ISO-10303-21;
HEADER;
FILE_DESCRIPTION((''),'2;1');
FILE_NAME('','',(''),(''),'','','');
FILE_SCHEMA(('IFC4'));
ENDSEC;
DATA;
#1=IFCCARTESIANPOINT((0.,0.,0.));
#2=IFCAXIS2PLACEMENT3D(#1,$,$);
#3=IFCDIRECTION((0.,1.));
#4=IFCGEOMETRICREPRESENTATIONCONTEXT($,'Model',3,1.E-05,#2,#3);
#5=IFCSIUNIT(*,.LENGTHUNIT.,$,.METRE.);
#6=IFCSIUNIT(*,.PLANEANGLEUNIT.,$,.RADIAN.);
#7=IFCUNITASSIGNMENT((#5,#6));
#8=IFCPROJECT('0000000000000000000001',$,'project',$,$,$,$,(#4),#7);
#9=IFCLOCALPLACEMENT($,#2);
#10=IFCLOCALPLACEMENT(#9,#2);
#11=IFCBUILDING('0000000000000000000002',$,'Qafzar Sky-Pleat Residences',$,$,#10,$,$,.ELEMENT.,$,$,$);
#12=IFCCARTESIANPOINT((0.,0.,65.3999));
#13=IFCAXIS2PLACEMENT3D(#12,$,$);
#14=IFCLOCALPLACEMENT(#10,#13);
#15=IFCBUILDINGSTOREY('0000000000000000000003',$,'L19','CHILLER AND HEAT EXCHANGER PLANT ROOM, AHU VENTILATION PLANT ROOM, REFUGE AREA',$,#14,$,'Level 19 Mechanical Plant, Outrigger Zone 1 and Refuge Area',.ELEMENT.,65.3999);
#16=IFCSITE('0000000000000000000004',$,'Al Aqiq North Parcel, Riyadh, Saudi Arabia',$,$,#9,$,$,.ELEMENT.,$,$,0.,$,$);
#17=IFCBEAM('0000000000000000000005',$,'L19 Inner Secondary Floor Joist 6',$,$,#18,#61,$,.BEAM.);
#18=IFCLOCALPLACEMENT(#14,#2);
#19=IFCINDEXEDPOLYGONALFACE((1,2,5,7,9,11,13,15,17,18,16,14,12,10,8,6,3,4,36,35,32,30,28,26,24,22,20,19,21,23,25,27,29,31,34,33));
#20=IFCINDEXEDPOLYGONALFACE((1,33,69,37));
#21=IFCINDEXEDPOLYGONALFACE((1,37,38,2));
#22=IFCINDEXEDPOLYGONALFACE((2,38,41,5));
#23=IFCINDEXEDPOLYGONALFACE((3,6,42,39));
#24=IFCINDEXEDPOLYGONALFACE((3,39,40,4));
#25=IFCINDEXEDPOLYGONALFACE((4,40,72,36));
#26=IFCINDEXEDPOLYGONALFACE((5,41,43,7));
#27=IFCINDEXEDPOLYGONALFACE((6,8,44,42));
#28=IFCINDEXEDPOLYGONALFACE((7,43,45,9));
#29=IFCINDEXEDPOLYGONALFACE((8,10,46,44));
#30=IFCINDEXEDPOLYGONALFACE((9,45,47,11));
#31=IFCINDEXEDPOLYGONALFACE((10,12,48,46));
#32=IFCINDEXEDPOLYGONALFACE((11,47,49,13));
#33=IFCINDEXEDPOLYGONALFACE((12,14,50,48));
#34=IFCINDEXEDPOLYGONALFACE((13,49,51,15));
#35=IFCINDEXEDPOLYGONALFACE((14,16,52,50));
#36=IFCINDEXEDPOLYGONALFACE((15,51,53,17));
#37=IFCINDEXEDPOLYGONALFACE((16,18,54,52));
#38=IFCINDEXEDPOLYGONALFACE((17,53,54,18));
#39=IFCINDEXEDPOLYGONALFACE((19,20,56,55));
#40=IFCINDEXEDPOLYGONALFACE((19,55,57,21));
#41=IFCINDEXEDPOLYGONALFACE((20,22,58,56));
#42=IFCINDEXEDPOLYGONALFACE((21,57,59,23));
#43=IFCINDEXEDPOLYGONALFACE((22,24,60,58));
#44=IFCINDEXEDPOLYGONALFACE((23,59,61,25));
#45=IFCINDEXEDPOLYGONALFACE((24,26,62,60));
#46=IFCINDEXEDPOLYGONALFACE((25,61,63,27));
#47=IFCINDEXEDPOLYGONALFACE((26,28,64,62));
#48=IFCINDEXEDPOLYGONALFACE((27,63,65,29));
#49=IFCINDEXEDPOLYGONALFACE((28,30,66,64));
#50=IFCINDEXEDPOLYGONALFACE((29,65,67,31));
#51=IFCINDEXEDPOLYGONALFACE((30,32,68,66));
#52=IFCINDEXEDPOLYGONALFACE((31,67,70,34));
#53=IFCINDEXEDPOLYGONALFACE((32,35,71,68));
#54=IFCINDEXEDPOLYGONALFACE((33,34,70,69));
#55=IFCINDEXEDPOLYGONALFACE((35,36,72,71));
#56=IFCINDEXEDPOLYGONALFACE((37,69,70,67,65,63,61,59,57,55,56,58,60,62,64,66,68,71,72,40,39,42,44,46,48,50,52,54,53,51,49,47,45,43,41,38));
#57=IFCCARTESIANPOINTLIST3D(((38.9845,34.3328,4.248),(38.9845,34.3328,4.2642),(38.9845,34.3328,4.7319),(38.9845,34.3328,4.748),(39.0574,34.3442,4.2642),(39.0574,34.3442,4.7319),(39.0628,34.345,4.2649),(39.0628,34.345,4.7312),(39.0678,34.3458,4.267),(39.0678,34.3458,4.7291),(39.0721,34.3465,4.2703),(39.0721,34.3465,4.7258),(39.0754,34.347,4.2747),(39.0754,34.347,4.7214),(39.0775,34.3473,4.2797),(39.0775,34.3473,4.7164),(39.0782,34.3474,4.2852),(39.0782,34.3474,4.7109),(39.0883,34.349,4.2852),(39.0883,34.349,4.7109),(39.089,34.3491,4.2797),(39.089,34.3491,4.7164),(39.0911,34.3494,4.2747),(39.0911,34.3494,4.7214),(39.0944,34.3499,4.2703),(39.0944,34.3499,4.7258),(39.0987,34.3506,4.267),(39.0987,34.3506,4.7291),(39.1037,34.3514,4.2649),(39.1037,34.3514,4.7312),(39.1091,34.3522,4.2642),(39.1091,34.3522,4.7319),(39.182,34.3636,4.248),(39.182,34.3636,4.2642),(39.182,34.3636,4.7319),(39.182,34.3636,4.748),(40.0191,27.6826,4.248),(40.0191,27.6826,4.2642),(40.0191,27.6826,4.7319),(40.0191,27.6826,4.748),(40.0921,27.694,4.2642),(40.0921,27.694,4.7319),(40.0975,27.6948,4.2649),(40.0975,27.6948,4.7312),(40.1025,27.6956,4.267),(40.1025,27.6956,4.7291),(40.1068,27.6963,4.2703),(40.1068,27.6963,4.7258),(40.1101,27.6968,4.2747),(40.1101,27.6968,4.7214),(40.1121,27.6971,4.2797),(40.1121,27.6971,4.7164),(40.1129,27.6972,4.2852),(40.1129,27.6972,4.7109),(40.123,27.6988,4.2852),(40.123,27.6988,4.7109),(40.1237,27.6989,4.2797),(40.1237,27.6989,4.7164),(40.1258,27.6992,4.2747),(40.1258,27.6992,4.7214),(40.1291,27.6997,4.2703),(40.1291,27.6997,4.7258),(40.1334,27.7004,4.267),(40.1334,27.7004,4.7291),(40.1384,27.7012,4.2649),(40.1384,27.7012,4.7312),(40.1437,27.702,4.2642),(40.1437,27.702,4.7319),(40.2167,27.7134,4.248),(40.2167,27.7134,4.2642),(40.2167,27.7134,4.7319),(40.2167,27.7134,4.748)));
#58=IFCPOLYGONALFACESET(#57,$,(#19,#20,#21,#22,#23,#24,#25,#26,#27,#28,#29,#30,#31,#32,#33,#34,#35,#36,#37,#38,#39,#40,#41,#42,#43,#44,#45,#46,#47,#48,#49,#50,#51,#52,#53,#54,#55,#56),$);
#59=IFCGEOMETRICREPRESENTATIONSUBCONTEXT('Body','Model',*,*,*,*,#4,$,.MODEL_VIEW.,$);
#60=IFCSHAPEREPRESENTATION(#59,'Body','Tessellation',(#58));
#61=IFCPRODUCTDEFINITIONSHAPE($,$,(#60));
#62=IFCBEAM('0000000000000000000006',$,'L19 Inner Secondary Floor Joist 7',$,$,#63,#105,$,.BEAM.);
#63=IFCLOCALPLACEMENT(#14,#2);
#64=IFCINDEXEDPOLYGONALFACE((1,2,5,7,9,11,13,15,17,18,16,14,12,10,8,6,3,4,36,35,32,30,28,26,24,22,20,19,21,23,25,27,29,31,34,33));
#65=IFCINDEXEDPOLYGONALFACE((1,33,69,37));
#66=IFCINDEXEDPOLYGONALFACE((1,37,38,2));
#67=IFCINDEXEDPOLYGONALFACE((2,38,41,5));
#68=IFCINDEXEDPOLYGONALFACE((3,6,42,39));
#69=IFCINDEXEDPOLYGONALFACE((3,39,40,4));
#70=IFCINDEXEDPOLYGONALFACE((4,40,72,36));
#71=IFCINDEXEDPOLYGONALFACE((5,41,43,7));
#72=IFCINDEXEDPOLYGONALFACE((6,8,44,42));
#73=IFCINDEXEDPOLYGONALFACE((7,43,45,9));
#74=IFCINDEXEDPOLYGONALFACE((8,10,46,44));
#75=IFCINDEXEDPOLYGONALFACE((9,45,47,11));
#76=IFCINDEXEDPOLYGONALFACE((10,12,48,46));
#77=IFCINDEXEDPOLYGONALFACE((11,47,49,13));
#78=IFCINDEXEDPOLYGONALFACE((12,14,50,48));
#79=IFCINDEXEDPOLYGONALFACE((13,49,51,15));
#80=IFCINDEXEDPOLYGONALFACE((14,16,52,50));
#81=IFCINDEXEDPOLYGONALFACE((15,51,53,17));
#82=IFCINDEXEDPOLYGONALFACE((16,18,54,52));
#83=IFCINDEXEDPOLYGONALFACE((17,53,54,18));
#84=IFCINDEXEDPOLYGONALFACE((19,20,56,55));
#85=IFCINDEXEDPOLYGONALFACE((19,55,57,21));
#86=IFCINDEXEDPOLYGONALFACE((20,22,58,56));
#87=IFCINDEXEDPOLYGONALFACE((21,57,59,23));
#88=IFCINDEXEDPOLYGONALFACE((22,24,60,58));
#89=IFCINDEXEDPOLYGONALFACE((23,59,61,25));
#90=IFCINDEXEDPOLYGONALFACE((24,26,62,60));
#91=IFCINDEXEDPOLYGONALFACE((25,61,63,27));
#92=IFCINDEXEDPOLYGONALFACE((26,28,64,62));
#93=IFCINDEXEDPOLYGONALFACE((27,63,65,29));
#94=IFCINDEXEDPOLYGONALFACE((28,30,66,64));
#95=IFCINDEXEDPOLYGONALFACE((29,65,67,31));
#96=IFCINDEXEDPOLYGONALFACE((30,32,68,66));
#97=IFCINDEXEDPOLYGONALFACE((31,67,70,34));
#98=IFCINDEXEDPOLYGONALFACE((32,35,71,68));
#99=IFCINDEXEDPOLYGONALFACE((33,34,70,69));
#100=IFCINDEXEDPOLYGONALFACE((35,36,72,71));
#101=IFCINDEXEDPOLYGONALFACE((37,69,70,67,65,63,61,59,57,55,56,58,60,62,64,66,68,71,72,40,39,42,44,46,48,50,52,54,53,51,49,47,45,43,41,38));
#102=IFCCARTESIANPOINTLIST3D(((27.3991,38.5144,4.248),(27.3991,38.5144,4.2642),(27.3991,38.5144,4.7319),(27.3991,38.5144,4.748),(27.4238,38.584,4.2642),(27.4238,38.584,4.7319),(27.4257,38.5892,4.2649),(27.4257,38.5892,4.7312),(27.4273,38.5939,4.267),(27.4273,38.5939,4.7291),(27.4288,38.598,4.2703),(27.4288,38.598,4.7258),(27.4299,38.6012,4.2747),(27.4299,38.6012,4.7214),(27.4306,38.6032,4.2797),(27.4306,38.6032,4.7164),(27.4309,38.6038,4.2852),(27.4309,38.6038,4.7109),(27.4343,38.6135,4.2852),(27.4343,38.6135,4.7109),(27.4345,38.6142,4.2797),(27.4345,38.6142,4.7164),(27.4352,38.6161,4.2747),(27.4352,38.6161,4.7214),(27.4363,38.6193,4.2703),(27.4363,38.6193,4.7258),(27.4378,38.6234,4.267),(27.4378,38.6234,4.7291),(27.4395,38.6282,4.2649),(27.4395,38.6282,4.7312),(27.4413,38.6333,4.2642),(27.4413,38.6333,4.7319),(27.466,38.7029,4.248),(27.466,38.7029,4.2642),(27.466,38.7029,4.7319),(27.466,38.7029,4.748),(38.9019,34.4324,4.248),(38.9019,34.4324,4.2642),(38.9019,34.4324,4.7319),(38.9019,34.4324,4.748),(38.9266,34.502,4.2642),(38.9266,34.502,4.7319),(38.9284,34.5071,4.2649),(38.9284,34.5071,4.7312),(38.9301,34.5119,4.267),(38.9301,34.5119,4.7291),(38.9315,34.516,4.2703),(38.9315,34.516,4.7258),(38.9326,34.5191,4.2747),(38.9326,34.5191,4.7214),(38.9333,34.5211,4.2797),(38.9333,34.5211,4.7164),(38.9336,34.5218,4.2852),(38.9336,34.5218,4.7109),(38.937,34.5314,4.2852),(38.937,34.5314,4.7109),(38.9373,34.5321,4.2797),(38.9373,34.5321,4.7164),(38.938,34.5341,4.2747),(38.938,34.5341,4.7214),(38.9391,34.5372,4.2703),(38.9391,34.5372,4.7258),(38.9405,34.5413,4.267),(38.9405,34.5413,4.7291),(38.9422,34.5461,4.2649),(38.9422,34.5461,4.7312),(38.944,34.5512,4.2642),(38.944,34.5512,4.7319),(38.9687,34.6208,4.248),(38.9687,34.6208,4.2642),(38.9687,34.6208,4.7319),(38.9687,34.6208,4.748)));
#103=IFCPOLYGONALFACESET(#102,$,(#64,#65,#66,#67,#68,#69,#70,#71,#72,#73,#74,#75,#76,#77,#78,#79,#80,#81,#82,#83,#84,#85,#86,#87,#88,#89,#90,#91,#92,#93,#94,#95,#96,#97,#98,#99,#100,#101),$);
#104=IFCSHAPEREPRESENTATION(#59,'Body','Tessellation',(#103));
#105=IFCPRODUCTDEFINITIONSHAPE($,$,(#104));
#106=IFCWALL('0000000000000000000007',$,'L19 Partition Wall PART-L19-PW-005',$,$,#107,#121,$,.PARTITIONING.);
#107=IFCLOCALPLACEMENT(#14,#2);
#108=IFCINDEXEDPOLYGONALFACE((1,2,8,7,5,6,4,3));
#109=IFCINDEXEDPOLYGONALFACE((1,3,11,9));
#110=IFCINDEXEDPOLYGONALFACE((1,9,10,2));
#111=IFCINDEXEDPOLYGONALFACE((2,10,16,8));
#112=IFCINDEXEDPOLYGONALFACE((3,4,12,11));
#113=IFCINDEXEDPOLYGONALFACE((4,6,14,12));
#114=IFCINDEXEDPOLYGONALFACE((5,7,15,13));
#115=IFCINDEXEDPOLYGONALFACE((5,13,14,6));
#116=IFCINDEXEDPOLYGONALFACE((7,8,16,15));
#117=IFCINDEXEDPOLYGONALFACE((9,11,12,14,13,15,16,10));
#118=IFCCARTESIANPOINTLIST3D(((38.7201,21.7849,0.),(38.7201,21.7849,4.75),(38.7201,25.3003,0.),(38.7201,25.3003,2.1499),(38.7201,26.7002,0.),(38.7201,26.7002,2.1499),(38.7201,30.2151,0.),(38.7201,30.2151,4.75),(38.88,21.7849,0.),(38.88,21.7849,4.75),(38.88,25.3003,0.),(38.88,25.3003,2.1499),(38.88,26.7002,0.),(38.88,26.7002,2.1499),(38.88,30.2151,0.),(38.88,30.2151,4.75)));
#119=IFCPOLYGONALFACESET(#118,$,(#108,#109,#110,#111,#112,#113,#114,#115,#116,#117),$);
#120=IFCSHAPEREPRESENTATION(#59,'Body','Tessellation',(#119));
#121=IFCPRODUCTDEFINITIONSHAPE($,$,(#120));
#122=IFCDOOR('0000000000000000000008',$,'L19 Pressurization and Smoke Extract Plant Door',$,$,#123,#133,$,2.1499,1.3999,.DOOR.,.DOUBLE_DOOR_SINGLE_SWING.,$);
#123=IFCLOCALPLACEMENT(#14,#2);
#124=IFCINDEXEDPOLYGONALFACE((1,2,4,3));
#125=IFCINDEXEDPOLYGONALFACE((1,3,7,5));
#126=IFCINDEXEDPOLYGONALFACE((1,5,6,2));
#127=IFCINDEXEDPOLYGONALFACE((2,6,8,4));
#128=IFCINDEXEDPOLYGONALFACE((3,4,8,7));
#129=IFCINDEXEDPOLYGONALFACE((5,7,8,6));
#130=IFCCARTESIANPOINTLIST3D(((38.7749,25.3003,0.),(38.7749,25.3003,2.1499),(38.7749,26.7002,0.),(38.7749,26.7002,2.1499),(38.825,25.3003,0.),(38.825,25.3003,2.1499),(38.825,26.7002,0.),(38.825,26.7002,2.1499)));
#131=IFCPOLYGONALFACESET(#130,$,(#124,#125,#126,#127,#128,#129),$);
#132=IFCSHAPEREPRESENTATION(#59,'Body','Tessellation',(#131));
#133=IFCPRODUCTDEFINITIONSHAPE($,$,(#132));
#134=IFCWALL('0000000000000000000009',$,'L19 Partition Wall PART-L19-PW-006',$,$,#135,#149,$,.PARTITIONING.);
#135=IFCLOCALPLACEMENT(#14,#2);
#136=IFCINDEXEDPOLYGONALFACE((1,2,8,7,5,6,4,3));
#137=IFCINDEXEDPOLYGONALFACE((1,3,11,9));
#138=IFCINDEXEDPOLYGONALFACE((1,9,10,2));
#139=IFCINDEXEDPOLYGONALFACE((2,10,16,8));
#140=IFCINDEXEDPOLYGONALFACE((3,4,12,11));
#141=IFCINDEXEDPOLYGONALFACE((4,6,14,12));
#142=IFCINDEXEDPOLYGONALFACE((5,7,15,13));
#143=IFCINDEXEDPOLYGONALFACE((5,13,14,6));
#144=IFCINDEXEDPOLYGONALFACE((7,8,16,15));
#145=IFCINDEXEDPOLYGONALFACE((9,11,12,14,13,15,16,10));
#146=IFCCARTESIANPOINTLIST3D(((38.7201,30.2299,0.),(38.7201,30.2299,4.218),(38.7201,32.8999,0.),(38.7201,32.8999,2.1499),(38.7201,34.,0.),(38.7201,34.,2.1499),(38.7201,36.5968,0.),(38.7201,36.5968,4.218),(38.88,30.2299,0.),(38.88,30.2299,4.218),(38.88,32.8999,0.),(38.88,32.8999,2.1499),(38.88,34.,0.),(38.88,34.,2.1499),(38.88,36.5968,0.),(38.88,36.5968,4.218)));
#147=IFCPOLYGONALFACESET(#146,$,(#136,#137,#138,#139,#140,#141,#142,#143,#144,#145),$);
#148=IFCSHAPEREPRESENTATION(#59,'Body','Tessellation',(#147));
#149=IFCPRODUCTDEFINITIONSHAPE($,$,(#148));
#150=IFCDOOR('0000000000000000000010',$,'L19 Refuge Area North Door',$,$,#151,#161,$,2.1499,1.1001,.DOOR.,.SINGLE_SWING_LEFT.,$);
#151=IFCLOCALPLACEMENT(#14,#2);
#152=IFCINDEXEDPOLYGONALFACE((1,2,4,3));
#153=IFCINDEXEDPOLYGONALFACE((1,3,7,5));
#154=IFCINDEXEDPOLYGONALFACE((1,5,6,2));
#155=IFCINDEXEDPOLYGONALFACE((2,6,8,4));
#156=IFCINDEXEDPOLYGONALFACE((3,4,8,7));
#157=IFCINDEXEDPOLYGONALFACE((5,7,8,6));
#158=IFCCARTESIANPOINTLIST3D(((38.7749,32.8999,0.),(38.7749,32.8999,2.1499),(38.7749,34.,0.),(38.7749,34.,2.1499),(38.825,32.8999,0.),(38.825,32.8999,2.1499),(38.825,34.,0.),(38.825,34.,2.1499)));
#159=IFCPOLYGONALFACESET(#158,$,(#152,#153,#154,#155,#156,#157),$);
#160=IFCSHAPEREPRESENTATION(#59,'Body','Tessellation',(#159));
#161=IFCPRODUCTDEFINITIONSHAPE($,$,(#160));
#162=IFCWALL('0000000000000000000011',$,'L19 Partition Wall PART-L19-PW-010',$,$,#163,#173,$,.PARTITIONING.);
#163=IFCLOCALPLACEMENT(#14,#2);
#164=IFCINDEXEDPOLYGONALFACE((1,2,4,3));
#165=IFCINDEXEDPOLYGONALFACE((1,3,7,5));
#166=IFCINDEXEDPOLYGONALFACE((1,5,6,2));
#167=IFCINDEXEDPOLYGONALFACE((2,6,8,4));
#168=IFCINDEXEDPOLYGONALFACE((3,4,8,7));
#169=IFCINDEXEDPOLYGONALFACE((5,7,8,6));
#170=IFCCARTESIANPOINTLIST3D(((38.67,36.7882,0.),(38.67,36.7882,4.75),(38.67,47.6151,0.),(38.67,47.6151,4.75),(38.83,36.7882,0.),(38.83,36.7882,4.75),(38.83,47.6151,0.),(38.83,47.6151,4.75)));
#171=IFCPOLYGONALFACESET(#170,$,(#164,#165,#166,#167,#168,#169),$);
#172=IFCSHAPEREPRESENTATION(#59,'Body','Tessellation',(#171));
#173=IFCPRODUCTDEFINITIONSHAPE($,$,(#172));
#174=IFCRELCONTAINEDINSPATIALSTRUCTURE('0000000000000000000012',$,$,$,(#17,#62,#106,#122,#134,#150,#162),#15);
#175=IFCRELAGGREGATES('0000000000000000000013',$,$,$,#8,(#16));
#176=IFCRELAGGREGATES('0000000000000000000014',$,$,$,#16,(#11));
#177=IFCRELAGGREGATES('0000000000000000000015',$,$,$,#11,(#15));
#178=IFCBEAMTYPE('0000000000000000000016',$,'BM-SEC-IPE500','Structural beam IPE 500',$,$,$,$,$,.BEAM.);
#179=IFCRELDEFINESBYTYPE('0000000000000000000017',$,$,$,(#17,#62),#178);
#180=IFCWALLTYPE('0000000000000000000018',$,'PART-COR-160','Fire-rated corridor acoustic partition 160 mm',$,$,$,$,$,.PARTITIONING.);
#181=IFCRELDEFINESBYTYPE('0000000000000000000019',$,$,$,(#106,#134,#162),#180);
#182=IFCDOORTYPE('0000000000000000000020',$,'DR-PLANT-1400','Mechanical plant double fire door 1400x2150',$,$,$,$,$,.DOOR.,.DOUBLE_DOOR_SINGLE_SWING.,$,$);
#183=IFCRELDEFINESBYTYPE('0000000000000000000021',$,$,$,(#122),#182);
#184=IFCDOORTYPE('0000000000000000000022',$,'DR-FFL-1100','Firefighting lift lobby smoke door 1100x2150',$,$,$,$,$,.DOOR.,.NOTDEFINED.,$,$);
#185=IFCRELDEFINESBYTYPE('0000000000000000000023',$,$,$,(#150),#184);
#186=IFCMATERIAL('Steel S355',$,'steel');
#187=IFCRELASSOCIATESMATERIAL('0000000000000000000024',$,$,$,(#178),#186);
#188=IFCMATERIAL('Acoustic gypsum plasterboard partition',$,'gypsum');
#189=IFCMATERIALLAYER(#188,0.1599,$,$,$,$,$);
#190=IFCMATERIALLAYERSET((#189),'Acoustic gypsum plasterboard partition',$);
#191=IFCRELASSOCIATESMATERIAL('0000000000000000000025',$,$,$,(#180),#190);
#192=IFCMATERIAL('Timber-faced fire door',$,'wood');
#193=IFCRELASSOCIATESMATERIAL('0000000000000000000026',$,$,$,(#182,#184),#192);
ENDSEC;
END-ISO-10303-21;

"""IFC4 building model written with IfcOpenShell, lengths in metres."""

from ifc_helpers import new_model, si_unit, direction, frame, frame_2d, origin, origin_2d, place, context, subcontext, project, spatial, rectangle, i_section, extrude, source, transform, mapped, material, layer, layer_set, material_profile, profile_set, type_object, element, fill, save


model = new_model("IFC4")

# Units and contexts
model_context = context("Model", 3, precision=1e-05, world=origin(), true_north=direction((0.0, 1.0)))
body_context = subcontext(model_context, "Body", "Model", "MODEL_VIEW")
ifc_project = project(units=[si_unit("LENGTHUNIT", "METRE"), si_unit("PLANEANGLEUNIT", "RADIAN")], contexts=[model_context])

# Site, building, storey
site_placement = place(None, origin())
site = spatial("IfcSite", under=ifc_project, at=site_placement, Name="Al Aqiq North Parcel, Riyadh, Saudi Arabia", CompositionType="ELEMENT", RefElevation=0.0)
building_placement = place(site_placement, origin())
building = spatial("IfcBuilding", under=site, at=building_placement, Name="Qafzar Sky-Pleat Residences", CompositionType="ELEMENT")
storey_placement = place(building_placement, frame((0.0, 0.0, 65.3999)))
storey = spatial("IfcBuildingStorey", under=building, at=storey_placement, Name="L19", Description="CHILLER AND HEAT EXCHANGER PLANT ROOM, AHU VENTILATION PLANT ROOM, REFUGE AREA", LongName="Level 19 Mechanical Plant, Outrigger Zone 1 and Refuge Area", CompositionType="ELEMENT", Elevation=65.3999)

# Beams
ifc_material_1 = material(Name="Steel S355", Category="steel")
ifc_material_profile = material_profile(ifc_material_1, i_section(OverallWidth=0.2, OverallDepth=0.5, WebThickness=0.0103, FlangeThickness=0.0161, FilletRadius=0.021, at=origin_2d()), Name="IPE 500")
ifc_profile_set = profile_set([ifc_material_profile], Name="Steel S355")
beam_type = type_object("IfcBeamType", Name="BM-SEC-IPE500", Description="Structural beam IPE 500", PredefinedType="BEAM", material=ifc_profile_set)
shared_shape_1 = source(origin(), body_context, "Body", "SweptSolid", [
    extrude(i_section(OverallWidth=0.2, OverallDepth=0.5, WebThickness=0.0103, FlangeThickness=0.0161, FilletRadius=0.021, at=origin_2d()), origin(), (0.0, 0.0, 1.0), 6.7302),
])
beam_1_placement = place(storey_placement, frame((40.1179, 27.698, 4.498), z_axis=(-0.153736, 0.988112, 0.0), x_axis=(-0.988112, -0.153736, 0.0)))
element("IfcBeam", 1, at=beam_1_placement, inside=storey, type_object=beam_type, Name="L19 Inner Secondary Floor Joist 6", PredefinedType="BEAM", context=body_context, shape_type="MappedRepresentation", body=[
    mapped(shared_shape_1, transform((0.0, 0.0, 0.0), x_axis=(1.0, 0.0, 0.0), y_axis=(0.0, 1.0, 0.0), z_axis=(0.0, 0.0, 1.0), scale=1.0)),
])
shared_shape_2 = source(origin(), body_context, "Body", "SweptSolid", [
    extrude(i_section(OverallWidth=0.2, OverallDepth=0.5, WebThickness=0.0103, FlangeThickness=0.0161, FilletRadius=0.021, at=origin_2d()), origin(), (0.0, 0.0, 1.0), 12.2056),
])
beam_2_placement = place(storey_placement, frame((38.9353, 34.5266, 4.498), z_axis=(-0.942417, 0.334441, 0.0), x_axis=(-0.334441, -0.942417, 0.0)))
element("IfcBeam", 2, at=beam_2_placement, inside=storey, type_object=beam_type, Name="L19 Inner Secondary Floor Joist 7", PredefinedType="BEAM", context=body_context, shape_type="MappedRepresentation", body=[
    mapped(shared_shape_2, transform((0.0, 0.0, 0.0), x_axis=(1.0, 0.0, 0.0), y_axis=(0.0, 1.0, 0.0), z_axis=(0.0, 0.0, 1.0), scale=1.0)),
])

# Walls, openings, doors
ifc_material_2 = material(Name="Acoustic gypsum plasterboard partition", Category="gypsum")
ifc_layer_1 = layer(ifc_material_2, 0.1599)
ifc_layer_set_1 = layer_set([ifc_layer_1], Name="Acoustic gypsum plasterboard partition")
wall_type_1 = type_object("IfcWallType", Name="PART-COR-160", Description="Fire-rated corridor acoustic partition 160 mm", PredefinedType="PARTITIONING", material=ifc_layer_set_1)
wall_1_placement = place(storey_placement, frame((38.8, 30.2151, 0.0), z_axis=(0.0, 0.0, 1.0), x_axis=(0.0, -1.0, 0.0)))
wall_1 = element("IfcWall", 3, at=wall_1_placement, inside=storey, type_object=wall_type_1, Name="L19 Partition Wall PART-L19-PW-005", PredefinedType="PARTITIONING", context=body_context, shape_type="SweptSolid", body=[
    extrude(rectangle(XDim=8.4302, YDim=0.1599, at=frame_2d((4.2151, 0.0))), origin(), (0.0, 0.0, 1.0), 4.75),
])
opening_1_placement = place(wall_1_placement, frame((3.5149, 0.0, 0.0)))
opening_1 = element("IfcOpeningElement", 4, at=opening_1_placement, cuts=wall_1, PredefinedType="OPENING", context=body_context, shape_type="SweptSolid", body=[
    extrude(rectangle(XDim=1.3999, YDim=2.1499, at=frame_2d((0.7, 1.075))), frame((0.0, 0.0898, 0.0), z_axis=(0.0, -1.0, 0.0), x_axis=(1.0, 0.0, 0.0)), (0.0, 0.0, 1.0), 0.1799),
])
ifc_material_3 = material(Name="Timber-faced fire door", Category="wood")
door_type_1 = type_object("IfcDoorType", Name="DR-PLANT-1400", Description="Mechanical plant double fire door 1400x2150", OperationType="DOUBLE_DOOR_SINGLE_SWING", PredefinedType="DOOR", material=ifc_material_3)
shared_shape_3 = source(origin(), body_context, "Body", "SweptSolid", [
    extrude(rectangle(XDim=1.3999, YDim=2.1499, at=frame_2d((0.7, 1.075))), frame((0.0, 0.0249, 0.0), z_axis=(0.0, -1.0, 0.0), x_axis=(1.0, 0.0, 0.0)), (0.0, 0.0, 1.0), 0.05),
])
door_1_placement = place(opening_1_placement, origin())
door_1 = element("IfcDoor", 5, at=door_1_placement, inside=storey, type_object=door_type_1, Name="L19 Pressurization and Smoke Extract Plant Door", OperationType="DOUBLE_DOOR_SINGLE_SWING", OverallHeight=2.1499, OverallWidth=1.3999, PredefinedType="DOOR", context=body_context, shape_type="MappedRepresentation", body=[
    mapped(shared_shape_3, transform((0.0, 0.0, 0.0), x_axis=(1.0, 0.0, 0.0), y_axis=(0.0, 1.0, 0.0), z_axis=(0.0, 0.0, 1.0), scale=1.0)),
])
fill(opening_1, door_1)
wall_2_placement = place(storey_placement, frame((38.8, 36.5969, 0.0), z_axis=(0.0, 0.0, 1.0), x_axis=(0.0, -1.0, 0.0)))
wall_2 = element("IfcWall", 6, at=wall_2_placement, inside=storey, type_object=wall_type_1, Name="L19 Partition Wall PART-L19-PW-006", PredefinedType="PARTITIONING", context=body_context, shape_type="SweptSolid", body=[
    extrude(rectangle(XDim=6.3669, YDim=0.1599, at=frame_2d((3.1836, 0.0))), origin(), (0.0, 0.0, 1.0), 4.218),
])
opening_2_placement = place(wall_2_placement, frame((2.5969, 0.0, 0.0)))
opening_2 = element("IfcOpeningElement", 7, at=opening_2_placement, cuts=wall_2, PredefinedType="OPENING", context=body_context, shape_type="SweptSolid", body=[
    extrude(rectangle(XDim=1.1001, YDim=2.1499, at=frame_2d((0.55, 1.075))), frame((0.0, 0.0898, 0.0), z_axis=(0.0, -1.0, 0.0), x_axis=(1.0, 0.0, 0.0)), (0.0, 0.0, 1.0), 0.1799),
])
door_type_2 = type_object("IfcDoorType", Name="DR-FFL-1100", Description="Firefighting lift lobby smoke door 1100x2150", OperationType="NOTDEFINED", PredefinedType="DOOR", material=ifc_material_3)
shared_shape_4 = source(origin(), body_context, "Body", "SweptSolid", [
    extrude(rectangle(XDim=1.1001, YDim=2.1499, at=frame_2d((0.55, 1.075))), frame((0.0, 0.0249, 0.0), z_axis=(0.0, -1.0, 0.0), x_axis=(1.0, 0.0, 0.0)), (0.0, 0.0, 1.0), 0.05),
])
door_2_placement = place(opening_2_placement, origin())
door_2 = element("IfcDoor", 8, at=door_2_placement, inside=storey, type_object=door_type_2, Name="L19 Refuge Area North Door", OperationType="SINGLE_SWING_LEFT", OverallHeight=2.1499, OverallWidth=1.1001, PredefinedType="DOOR", context=body_context, shape_type="MappedRepresentation", body=[
    mapped(shared_shape_4, transform((0.0, 0.0, 0.0), x_axis=(1.0, 0.0, 0.0), y_axis=(0.0, 1.0, 0.0), z_axis=(0.0, 0.0, 1.0), scale=1.0)),
])
fill(opening_2, door_2)

# Wall
wall_3_placement = place(storey_placement, frame((38.75, 36.7881, 0.0), z_axis=(0.0, 0.0, 1.0), x_axis=(0.0, 1.0, 0.0)))
element("IfcWall", 9, at=wall_3_placement, inside=storey, type_object=wall_type_1, Name="L19 Partition Wall PART-L19-PW-010", PredefinedType="PARTITIONING", context=body_context, shape_type="SweptSolid", body=[
    extrude(rectangle(XDim=10.8269, YDim=0.1599, at=frame_2d((5.4136, 0.0))), origin(), (0.0, 0.0, 1.0), 4.75),
])

save(model, "model.ifc")
